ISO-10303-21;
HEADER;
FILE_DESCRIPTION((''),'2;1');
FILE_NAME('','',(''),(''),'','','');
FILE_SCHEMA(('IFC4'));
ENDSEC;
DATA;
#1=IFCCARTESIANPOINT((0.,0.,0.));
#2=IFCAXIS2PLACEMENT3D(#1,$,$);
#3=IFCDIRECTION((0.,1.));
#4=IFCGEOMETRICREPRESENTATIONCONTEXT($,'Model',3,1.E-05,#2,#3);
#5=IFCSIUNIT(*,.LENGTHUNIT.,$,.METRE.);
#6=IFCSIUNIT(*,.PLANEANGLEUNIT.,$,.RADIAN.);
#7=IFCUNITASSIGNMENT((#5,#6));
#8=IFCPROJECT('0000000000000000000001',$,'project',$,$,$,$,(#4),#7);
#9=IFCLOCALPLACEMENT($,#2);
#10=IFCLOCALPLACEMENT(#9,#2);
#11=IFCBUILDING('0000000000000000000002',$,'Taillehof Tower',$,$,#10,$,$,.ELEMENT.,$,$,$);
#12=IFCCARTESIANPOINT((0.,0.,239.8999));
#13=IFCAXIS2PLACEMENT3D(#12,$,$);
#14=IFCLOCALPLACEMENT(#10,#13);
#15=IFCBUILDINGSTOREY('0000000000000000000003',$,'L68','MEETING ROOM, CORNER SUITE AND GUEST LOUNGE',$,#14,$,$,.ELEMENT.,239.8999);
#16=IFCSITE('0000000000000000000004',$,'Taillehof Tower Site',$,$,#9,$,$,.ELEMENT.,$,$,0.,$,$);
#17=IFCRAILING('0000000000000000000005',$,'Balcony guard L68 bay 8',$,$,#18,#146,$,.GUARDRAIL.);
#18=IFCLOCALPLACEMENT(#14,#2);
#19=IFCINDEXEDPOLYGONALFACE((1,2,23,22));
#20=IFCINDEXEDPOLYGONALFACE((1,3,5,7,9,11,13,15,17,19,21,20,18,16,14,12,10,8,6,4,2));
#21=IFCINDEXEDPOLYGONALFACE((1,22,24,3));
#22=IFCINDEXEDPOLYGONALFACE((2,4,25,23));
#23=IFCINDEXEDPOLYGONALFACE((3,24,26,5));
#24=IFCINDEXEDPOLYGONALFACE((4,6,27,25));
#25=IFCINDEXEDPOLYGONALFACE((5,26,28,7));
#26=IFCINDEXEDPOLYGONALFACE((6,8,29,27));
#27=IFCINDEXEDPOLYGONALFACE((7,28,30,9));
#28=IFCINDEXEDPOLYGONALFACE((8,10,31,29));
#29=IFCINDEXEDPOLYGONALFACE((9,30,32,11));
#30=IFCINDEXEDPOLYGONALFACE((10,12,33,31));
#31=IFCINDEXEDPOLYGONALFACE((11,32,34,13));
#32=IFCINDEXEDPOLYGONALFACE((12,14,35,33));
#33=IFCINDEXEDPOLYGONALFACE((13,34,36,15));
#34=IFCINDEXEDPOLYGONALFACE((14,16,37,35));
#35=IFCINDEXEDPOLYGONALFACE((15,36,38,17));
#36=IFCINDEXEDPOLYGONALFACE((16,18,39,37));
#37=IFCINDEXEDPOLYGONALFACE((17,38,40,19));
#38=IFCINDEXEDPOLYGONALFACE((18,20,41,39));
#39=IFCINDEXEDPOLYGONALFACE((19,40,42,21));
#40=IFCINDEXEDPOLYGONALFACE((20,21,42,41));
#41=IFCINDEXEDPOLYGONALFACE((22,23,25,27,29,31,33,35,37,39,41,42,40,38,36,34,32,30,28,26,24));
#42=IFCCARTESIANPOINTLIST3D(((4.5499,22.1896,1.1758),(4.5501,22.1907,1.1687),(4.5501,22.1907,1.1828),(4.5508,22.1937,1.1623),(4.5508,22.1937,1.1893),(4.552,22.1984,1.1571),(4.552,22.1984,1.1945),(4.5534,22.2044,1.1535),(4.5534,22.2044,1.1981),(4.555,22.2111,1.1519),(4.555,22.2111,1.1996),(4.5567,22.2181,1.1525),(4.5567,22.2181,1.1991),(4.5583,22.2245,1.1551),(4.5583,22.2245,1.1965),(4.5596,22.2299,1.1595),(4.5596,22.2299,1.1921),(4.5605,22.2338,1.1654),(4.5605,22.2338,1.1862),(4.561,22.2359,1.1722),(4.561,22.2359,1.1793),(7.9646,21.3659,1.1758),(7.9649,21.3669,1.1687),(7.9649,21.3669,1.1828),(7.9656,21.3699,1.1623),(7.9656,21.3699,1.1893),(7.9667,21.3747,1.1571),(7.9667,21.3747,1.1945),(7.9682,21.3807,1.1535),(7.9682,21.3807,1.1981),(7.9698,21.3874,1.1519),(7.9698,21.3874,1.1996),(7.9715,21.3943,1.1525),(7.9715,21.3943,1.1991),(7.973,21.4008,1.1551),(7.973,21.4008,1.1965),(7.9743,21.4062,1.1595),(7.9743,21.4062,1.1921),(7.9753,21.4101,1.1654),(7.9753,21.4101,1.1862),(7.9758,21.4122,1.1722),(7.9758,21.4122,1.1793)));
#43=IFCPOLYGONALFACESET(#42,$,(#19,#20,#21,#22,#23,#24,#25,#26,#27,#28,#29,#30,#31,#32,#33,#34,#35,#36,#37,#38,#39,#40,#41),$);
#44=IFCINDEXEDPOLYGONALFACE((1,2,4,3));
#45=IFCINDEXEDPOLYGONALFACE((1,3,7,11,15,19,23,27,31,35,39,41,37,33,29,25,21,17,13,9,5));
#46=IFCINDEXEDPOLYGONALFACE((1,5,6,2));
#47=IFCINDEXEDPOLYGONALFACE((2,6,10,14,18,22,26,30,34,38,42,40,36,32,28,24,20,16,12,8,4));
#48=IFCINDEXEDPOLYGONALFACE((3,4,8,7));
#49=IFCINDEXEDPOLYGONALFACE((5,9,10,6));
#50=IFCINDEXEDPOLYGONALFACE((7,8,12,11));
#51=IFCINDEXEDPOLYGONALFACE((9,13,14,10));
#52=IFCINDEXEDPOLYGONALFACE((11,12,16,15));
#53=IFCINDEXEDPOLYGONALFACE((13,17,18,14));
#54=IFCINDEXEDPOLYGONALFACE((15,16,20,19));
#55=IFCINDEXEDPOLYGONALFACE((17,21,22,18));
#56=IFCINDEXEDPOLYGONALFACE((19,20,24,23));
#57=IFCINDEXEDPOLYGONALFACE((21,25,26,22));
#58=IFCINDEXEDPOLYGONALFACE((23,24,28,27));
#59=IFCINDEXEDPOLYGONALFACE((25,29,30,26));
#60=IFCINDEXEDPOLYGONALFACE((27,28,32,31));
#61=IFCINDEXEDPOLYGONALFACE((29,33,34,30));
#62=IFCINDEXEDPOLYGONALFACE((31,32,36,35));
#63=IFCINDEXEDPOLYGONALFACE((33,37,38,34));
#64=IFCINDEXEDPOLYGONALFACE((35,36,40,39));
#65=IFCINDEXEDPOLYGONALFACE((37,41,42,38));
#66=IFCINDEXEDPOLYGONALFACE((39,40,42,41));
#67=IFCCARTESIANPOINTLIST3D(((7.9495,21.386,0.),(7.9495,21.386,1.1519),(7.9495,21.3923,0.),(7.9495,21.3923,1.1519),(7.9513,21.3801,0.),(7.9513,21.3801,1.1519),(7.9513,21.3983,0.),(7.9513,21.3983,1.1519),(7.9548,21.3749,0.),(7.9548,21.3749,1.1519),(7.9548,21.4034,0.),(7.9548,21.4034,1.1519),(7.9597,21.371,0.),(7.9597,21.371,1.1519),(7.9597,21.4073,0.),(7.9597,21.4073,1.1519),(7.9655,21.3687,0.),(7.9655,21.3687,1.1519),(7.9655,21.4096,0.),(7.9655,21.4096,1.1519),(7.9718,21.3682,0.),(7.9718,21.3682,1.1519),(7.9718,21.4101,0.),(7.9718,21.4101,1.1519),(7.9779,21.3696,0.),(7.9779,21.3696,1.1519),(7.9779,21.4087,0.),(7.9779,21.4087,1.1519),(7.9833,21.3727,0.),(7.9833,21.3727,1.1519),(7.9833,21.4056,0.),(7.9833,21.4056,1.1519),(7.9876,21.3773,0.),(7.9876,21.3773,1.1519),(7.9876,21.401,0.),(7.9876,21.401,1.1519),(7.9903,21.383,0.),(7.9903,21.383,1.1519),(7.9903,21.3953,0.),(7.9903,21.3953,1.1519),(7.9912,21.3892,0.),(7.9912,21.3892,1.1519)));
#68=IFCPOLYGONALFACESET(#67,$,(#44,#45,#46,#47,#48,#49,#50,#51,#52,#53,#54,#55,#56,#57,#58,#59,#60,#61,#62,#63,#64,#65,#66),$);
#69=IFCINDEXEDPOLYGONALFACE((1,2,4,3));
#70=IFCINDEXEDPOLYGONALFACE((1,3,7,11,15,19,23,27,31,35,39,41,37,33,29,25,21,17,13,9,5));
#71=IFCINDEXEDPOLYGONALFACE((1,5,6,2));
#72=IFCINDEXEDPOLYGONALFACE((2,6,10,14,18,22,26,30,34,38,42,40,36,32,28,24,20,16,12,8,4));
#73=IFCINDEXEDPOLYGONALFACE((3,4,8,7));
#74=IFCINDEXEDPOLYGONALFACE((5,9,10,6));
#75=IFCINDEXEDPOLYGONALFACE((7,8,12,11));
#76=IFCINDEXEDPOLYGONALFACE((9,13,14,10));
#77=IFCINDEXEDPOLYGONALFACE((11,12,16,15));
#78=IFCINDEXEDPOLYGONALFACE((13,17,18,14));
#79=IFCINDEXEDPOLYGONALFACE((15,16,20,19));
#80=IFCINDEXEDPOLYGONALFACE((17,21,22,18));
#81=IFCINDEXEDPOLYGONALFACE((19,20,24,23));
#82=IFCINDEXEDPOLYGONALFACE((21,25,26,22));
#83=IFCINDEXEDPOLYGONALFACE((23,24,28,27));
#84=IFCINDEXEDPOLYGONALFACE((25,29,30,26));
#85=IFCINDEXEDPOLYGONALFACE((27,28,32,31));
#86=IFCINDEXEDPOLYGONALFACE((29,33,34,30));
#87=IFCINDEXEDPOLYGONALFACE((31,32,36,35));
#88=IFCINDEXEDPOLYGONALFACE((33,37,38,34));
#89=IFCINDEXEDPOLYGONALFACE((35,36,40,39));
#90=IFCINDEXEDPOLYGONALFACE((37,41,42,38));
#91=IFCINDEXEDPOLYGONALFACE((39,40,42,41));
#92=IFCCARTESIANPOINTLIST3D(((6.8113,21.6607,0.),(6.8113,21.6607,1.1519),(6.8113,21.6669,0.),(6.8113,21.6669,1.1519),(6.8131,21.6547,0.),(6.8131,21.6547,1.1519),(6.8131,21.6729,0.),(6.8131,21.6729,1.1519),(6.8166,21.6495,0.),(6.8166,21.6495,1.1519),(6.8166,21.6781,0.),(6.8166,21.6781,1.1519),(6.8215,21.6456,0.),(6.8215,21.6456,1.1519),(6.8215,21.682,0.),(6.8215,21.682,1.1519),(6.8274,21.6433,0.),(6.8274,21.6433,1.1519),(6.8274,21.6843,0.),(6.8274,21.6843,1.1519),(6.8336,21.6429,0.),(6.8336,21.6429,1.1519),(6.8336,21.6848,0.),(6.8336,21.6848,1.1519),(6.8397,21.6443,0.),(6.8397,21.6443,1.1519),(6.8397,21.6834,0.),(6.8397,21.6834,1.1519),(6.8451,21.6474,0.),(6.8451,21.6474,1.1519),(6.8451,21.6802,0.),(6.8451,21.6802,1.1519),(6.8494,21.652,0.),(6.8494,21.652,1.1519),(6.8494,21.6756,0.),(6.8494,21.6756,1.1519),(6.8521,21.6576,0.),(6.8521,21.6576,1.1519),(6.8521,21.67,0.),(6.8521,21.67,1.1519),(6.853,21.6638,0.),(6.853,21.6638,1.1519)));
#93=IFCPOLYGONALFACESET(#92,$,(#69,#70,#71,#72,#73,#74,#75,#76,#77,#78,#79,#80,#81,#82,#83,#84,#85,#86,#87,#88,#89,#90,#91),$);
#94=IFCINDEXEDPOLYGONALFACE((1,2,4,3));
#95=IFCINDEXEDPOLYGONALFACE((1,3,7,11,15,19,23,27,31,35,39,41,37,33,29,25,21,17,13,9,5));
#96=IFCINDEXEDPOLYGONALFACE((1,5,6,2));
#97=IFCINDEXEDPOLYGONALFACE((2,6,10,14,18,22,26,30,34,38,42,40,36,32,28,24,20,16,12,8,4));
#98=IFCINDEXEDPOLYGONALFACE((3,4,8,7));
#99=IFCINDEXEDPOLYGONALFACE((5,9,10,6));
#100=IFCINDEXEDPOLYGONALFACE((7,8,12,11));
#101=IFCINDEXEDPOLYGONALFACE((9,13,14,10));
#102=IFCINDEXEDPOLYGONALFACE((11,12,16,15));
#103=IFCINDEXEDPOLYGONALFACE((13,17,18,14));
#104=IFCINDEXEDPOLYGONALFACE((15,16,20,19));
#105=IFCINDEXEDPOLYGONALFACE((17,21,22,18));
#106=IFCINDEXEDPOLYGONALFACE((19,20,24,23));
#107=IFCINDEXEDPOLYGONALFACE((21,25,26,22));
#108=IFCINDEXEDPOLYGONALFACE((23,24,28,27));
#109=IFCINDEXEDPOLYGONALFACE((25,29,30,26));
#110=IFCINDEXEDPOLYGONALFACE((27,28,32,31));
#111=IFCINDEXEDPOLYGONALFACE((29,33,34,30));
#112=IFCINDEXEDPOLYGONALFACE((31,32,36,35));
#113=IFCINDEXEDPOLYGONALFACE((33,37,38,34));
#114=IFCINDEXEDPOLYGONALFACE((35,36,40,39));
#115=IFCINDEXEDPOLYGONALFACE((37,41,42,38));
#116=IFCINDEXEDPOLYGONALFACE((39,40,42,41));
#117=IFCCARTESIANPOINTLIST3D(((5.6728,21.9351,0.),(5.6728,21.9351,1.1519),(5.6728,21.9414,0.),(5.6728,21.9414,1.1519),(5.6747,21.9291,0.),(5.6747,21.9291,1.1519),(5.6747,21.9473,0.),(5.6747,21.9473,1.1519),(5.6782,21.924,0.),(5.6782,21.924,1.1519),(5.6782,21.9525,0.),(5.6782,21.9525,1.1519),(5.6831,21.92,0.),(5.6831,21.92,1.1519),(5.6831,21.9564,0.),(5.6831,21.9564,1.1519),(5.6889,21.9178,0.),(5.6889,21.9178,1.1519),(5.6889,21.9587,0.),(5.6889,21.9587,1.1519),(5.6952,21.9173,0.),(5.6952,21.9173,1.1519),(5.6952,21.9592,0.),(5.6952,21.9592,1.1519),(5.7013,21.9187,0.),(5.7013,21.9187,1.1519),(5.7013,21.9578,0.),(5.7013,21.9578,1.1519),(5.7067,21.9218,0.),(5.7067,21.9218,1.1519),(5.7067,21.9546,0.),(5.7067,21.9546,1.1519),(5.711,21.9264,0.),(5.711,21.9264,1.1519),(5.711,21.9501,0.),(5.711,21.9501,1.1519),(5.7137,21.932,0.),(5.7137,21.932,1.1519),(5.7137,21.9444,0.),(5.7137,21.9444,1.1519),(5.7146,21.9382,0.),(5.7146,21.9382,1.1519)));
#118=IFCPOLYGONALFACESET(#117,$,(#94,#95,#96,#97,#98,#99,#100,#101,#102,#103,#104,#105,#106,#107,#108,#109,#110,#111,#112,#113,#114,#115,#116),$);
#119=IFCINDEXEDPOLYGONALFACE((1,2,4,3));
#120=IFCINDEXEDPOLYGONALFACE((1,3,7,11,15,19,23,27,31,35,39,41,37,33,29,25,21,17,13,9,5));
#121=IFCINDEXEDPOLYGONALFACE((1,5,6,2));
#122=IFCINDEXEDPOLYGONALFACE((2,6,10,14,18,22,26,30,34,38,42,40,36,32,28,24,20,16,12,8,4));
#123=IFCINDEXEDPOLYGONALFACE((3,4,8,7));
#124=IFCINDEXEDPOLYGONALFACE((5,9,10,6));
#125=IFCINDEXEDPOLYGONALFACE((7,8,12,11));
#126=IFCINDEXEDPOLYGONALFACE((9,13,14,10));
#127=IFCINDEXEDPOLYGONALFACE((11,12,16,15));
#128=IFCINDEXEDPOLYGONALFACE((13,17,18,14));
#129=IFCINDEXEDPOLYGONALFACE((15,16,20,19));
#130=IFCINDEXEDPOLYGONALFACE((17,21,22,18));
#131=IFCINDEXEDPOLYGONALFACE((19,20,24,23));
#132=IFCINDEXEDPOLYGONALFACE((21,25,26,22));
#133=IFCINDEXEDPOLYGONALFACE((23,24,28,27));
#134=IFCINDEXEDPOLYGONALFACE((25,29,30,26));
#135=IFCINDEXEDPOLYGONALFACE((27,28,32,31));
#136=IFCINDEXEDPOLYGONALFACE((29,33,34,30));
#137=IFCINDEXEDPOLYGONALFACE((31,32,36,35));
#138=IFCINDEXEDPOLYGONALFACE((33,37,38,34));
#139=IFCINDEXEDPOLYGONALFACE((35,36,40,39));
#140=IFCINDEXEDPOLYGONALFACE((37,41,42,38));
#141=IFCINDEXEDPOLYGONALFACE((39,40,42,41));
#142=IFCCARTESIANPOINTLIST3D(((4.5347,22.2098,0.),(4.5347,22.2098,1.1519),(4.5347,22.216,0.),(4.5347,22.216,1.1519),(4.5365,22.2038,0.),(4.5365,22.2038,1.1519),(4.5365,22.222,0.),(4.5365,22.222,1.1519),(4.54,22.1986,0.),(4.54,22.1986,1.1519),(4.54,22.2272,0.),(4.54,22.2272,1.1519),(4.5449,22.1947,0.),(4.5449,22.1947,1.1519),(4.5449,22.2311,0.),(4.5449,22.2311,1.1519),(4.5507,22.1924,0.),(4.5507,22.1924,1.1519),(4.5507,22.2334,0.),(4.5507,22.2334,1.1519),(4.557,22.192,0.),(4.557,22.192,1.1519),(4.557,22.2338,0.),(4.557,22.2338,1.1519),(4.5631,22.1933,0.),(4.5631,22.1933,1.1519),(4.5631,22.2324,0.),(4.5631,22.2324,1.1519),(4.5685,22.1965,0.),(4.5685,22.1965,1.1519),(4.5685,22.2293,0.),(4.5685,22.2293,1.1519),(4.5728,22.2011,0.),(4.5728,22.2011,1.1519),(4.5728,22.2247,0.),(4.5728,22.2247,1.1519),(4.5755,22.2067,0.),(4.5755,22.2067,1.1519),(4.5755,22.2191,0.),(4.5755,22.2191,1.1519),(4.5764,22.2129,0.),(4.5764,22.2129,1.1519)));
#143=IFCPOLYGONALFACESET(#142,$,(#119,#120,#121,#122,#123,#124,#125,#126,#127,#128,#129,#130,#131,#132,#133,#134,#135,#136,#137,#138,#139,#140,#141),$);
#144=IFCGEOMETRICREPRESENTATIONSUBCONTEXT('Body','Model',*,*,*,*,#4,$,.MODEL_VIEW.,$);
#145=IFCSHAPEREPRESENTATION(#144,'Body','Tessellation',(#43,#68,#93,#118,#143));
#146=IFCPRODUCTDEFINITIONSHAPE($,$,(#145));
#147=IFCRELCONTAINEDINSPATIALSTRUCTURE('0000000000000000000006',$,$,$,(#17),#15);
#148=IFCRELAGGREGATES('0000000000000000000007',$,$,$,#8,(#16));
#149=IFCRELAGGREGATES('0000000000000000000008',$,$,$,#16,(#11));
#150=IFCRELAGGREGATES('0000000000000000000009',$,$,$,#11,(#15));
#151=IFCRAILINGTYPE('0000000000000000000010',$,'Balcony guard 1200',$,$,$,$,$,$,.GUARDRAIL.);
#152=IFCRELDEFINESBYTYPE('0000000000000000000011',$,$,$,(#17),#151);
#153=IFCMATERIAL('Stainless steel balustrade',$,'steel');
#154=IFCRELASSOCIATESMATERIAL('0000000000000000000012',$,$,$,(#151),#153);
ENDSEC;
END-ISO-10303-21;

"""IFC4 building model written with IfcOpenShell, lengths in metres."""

from ifc_helpers import new_model, si_unit, direction, frame, origin, origin_2d, place, context, subcontext, project, spatial, circle, extrude, material, type_object, element, save


model = new_model("IFC4")

# Units and contexts
model_context = context("Model", 3, precision=1e-05, world=origin(), true_north=direction((0.0, 1.0)))
body_context = subcontext(model_context, "Body", "Model", "MODEL_VIEW")
ifc_project = project(units=[si_unit("LENGTHUNIT", "METRE"), si_unit("PLANEANGLEUNIT", "RADIAN")], contexts=[model_context])

# Site, building, storey
site_placement = place(None, origin())
site = spatial("IfcSite", under=ifc_project, at=site_placement, Name="Taillehof Tower Site", CompositionType="ELEMENT", RefElevation=0.0)
building_placement = place(site_placement, origin())
building = spatial("IfcBuilding", under=site, at=building_placement, Name="Taillehof Tower", CompositionType="ELEMENT")
storey_placement = place(building_placement, frame((0.0, 0.0, 239.8999)))
storey = spatial("IfcBuildingStorey", under=building, at=storey_placement, Name="L68", Description="MEETING ROOM, CORNER SUITE AND GUEST LOUNGE", CompositionType="ELEMENT", Elevation=239.8999)

# Railing
ifc_material_1 = material(Name="Stainless steel balustrade", Category="steel")
railing_type = type_object("IfcRailingType", Name="Balcony guard 1200", PredefinedType="GUARDRAIL", material=ifc_material_1)
railing_placement = place(storey_placement, frame((7.9702, 21.3892, 0.0)))
element("IfcRailing", 1, at=railing_placement, inside=storey, type_object=railing_type, Name="Balcony guard L68 bay 8", PredefinedType="GUARDRAIL", context=body_context, shape_type="SweptSolid", body=[
    extrude(circle(Radius=0.0239, at=origin_2d()), frame((0.0, 0.0, 1.1758), z_axis=(-0.972117, 0.234498, 0.0), x_axis=(-0.234498, -0.972117, 0.0)), (0.0, 0.0, 1.0), 3.5127),
    extrude(circle(Radius=0.021, at=origin_2d()), origin(), (0.0, 0.0, 1.0), 1.1519),
    extrude(circle(Radius=0.021, at=origin_2d()), frame((-1.1382, 0.2747, 0.0)), (0.0, 0.0, 1.0), 1.1519),
    extrude(circle(Radius=0.021, at=origin_2d()), frame((-2.2766, 0.5491, 0.0)), (0.0, 0.0, 1.0), 1.1519),
    extrude(circle(Radius=0.021, at=origin_2d()), frame((-3.4148, 0.8237, 0.0)), (0.0, 0.0, 1.0), 1.1519),
])

save(model, "model.ifc")
